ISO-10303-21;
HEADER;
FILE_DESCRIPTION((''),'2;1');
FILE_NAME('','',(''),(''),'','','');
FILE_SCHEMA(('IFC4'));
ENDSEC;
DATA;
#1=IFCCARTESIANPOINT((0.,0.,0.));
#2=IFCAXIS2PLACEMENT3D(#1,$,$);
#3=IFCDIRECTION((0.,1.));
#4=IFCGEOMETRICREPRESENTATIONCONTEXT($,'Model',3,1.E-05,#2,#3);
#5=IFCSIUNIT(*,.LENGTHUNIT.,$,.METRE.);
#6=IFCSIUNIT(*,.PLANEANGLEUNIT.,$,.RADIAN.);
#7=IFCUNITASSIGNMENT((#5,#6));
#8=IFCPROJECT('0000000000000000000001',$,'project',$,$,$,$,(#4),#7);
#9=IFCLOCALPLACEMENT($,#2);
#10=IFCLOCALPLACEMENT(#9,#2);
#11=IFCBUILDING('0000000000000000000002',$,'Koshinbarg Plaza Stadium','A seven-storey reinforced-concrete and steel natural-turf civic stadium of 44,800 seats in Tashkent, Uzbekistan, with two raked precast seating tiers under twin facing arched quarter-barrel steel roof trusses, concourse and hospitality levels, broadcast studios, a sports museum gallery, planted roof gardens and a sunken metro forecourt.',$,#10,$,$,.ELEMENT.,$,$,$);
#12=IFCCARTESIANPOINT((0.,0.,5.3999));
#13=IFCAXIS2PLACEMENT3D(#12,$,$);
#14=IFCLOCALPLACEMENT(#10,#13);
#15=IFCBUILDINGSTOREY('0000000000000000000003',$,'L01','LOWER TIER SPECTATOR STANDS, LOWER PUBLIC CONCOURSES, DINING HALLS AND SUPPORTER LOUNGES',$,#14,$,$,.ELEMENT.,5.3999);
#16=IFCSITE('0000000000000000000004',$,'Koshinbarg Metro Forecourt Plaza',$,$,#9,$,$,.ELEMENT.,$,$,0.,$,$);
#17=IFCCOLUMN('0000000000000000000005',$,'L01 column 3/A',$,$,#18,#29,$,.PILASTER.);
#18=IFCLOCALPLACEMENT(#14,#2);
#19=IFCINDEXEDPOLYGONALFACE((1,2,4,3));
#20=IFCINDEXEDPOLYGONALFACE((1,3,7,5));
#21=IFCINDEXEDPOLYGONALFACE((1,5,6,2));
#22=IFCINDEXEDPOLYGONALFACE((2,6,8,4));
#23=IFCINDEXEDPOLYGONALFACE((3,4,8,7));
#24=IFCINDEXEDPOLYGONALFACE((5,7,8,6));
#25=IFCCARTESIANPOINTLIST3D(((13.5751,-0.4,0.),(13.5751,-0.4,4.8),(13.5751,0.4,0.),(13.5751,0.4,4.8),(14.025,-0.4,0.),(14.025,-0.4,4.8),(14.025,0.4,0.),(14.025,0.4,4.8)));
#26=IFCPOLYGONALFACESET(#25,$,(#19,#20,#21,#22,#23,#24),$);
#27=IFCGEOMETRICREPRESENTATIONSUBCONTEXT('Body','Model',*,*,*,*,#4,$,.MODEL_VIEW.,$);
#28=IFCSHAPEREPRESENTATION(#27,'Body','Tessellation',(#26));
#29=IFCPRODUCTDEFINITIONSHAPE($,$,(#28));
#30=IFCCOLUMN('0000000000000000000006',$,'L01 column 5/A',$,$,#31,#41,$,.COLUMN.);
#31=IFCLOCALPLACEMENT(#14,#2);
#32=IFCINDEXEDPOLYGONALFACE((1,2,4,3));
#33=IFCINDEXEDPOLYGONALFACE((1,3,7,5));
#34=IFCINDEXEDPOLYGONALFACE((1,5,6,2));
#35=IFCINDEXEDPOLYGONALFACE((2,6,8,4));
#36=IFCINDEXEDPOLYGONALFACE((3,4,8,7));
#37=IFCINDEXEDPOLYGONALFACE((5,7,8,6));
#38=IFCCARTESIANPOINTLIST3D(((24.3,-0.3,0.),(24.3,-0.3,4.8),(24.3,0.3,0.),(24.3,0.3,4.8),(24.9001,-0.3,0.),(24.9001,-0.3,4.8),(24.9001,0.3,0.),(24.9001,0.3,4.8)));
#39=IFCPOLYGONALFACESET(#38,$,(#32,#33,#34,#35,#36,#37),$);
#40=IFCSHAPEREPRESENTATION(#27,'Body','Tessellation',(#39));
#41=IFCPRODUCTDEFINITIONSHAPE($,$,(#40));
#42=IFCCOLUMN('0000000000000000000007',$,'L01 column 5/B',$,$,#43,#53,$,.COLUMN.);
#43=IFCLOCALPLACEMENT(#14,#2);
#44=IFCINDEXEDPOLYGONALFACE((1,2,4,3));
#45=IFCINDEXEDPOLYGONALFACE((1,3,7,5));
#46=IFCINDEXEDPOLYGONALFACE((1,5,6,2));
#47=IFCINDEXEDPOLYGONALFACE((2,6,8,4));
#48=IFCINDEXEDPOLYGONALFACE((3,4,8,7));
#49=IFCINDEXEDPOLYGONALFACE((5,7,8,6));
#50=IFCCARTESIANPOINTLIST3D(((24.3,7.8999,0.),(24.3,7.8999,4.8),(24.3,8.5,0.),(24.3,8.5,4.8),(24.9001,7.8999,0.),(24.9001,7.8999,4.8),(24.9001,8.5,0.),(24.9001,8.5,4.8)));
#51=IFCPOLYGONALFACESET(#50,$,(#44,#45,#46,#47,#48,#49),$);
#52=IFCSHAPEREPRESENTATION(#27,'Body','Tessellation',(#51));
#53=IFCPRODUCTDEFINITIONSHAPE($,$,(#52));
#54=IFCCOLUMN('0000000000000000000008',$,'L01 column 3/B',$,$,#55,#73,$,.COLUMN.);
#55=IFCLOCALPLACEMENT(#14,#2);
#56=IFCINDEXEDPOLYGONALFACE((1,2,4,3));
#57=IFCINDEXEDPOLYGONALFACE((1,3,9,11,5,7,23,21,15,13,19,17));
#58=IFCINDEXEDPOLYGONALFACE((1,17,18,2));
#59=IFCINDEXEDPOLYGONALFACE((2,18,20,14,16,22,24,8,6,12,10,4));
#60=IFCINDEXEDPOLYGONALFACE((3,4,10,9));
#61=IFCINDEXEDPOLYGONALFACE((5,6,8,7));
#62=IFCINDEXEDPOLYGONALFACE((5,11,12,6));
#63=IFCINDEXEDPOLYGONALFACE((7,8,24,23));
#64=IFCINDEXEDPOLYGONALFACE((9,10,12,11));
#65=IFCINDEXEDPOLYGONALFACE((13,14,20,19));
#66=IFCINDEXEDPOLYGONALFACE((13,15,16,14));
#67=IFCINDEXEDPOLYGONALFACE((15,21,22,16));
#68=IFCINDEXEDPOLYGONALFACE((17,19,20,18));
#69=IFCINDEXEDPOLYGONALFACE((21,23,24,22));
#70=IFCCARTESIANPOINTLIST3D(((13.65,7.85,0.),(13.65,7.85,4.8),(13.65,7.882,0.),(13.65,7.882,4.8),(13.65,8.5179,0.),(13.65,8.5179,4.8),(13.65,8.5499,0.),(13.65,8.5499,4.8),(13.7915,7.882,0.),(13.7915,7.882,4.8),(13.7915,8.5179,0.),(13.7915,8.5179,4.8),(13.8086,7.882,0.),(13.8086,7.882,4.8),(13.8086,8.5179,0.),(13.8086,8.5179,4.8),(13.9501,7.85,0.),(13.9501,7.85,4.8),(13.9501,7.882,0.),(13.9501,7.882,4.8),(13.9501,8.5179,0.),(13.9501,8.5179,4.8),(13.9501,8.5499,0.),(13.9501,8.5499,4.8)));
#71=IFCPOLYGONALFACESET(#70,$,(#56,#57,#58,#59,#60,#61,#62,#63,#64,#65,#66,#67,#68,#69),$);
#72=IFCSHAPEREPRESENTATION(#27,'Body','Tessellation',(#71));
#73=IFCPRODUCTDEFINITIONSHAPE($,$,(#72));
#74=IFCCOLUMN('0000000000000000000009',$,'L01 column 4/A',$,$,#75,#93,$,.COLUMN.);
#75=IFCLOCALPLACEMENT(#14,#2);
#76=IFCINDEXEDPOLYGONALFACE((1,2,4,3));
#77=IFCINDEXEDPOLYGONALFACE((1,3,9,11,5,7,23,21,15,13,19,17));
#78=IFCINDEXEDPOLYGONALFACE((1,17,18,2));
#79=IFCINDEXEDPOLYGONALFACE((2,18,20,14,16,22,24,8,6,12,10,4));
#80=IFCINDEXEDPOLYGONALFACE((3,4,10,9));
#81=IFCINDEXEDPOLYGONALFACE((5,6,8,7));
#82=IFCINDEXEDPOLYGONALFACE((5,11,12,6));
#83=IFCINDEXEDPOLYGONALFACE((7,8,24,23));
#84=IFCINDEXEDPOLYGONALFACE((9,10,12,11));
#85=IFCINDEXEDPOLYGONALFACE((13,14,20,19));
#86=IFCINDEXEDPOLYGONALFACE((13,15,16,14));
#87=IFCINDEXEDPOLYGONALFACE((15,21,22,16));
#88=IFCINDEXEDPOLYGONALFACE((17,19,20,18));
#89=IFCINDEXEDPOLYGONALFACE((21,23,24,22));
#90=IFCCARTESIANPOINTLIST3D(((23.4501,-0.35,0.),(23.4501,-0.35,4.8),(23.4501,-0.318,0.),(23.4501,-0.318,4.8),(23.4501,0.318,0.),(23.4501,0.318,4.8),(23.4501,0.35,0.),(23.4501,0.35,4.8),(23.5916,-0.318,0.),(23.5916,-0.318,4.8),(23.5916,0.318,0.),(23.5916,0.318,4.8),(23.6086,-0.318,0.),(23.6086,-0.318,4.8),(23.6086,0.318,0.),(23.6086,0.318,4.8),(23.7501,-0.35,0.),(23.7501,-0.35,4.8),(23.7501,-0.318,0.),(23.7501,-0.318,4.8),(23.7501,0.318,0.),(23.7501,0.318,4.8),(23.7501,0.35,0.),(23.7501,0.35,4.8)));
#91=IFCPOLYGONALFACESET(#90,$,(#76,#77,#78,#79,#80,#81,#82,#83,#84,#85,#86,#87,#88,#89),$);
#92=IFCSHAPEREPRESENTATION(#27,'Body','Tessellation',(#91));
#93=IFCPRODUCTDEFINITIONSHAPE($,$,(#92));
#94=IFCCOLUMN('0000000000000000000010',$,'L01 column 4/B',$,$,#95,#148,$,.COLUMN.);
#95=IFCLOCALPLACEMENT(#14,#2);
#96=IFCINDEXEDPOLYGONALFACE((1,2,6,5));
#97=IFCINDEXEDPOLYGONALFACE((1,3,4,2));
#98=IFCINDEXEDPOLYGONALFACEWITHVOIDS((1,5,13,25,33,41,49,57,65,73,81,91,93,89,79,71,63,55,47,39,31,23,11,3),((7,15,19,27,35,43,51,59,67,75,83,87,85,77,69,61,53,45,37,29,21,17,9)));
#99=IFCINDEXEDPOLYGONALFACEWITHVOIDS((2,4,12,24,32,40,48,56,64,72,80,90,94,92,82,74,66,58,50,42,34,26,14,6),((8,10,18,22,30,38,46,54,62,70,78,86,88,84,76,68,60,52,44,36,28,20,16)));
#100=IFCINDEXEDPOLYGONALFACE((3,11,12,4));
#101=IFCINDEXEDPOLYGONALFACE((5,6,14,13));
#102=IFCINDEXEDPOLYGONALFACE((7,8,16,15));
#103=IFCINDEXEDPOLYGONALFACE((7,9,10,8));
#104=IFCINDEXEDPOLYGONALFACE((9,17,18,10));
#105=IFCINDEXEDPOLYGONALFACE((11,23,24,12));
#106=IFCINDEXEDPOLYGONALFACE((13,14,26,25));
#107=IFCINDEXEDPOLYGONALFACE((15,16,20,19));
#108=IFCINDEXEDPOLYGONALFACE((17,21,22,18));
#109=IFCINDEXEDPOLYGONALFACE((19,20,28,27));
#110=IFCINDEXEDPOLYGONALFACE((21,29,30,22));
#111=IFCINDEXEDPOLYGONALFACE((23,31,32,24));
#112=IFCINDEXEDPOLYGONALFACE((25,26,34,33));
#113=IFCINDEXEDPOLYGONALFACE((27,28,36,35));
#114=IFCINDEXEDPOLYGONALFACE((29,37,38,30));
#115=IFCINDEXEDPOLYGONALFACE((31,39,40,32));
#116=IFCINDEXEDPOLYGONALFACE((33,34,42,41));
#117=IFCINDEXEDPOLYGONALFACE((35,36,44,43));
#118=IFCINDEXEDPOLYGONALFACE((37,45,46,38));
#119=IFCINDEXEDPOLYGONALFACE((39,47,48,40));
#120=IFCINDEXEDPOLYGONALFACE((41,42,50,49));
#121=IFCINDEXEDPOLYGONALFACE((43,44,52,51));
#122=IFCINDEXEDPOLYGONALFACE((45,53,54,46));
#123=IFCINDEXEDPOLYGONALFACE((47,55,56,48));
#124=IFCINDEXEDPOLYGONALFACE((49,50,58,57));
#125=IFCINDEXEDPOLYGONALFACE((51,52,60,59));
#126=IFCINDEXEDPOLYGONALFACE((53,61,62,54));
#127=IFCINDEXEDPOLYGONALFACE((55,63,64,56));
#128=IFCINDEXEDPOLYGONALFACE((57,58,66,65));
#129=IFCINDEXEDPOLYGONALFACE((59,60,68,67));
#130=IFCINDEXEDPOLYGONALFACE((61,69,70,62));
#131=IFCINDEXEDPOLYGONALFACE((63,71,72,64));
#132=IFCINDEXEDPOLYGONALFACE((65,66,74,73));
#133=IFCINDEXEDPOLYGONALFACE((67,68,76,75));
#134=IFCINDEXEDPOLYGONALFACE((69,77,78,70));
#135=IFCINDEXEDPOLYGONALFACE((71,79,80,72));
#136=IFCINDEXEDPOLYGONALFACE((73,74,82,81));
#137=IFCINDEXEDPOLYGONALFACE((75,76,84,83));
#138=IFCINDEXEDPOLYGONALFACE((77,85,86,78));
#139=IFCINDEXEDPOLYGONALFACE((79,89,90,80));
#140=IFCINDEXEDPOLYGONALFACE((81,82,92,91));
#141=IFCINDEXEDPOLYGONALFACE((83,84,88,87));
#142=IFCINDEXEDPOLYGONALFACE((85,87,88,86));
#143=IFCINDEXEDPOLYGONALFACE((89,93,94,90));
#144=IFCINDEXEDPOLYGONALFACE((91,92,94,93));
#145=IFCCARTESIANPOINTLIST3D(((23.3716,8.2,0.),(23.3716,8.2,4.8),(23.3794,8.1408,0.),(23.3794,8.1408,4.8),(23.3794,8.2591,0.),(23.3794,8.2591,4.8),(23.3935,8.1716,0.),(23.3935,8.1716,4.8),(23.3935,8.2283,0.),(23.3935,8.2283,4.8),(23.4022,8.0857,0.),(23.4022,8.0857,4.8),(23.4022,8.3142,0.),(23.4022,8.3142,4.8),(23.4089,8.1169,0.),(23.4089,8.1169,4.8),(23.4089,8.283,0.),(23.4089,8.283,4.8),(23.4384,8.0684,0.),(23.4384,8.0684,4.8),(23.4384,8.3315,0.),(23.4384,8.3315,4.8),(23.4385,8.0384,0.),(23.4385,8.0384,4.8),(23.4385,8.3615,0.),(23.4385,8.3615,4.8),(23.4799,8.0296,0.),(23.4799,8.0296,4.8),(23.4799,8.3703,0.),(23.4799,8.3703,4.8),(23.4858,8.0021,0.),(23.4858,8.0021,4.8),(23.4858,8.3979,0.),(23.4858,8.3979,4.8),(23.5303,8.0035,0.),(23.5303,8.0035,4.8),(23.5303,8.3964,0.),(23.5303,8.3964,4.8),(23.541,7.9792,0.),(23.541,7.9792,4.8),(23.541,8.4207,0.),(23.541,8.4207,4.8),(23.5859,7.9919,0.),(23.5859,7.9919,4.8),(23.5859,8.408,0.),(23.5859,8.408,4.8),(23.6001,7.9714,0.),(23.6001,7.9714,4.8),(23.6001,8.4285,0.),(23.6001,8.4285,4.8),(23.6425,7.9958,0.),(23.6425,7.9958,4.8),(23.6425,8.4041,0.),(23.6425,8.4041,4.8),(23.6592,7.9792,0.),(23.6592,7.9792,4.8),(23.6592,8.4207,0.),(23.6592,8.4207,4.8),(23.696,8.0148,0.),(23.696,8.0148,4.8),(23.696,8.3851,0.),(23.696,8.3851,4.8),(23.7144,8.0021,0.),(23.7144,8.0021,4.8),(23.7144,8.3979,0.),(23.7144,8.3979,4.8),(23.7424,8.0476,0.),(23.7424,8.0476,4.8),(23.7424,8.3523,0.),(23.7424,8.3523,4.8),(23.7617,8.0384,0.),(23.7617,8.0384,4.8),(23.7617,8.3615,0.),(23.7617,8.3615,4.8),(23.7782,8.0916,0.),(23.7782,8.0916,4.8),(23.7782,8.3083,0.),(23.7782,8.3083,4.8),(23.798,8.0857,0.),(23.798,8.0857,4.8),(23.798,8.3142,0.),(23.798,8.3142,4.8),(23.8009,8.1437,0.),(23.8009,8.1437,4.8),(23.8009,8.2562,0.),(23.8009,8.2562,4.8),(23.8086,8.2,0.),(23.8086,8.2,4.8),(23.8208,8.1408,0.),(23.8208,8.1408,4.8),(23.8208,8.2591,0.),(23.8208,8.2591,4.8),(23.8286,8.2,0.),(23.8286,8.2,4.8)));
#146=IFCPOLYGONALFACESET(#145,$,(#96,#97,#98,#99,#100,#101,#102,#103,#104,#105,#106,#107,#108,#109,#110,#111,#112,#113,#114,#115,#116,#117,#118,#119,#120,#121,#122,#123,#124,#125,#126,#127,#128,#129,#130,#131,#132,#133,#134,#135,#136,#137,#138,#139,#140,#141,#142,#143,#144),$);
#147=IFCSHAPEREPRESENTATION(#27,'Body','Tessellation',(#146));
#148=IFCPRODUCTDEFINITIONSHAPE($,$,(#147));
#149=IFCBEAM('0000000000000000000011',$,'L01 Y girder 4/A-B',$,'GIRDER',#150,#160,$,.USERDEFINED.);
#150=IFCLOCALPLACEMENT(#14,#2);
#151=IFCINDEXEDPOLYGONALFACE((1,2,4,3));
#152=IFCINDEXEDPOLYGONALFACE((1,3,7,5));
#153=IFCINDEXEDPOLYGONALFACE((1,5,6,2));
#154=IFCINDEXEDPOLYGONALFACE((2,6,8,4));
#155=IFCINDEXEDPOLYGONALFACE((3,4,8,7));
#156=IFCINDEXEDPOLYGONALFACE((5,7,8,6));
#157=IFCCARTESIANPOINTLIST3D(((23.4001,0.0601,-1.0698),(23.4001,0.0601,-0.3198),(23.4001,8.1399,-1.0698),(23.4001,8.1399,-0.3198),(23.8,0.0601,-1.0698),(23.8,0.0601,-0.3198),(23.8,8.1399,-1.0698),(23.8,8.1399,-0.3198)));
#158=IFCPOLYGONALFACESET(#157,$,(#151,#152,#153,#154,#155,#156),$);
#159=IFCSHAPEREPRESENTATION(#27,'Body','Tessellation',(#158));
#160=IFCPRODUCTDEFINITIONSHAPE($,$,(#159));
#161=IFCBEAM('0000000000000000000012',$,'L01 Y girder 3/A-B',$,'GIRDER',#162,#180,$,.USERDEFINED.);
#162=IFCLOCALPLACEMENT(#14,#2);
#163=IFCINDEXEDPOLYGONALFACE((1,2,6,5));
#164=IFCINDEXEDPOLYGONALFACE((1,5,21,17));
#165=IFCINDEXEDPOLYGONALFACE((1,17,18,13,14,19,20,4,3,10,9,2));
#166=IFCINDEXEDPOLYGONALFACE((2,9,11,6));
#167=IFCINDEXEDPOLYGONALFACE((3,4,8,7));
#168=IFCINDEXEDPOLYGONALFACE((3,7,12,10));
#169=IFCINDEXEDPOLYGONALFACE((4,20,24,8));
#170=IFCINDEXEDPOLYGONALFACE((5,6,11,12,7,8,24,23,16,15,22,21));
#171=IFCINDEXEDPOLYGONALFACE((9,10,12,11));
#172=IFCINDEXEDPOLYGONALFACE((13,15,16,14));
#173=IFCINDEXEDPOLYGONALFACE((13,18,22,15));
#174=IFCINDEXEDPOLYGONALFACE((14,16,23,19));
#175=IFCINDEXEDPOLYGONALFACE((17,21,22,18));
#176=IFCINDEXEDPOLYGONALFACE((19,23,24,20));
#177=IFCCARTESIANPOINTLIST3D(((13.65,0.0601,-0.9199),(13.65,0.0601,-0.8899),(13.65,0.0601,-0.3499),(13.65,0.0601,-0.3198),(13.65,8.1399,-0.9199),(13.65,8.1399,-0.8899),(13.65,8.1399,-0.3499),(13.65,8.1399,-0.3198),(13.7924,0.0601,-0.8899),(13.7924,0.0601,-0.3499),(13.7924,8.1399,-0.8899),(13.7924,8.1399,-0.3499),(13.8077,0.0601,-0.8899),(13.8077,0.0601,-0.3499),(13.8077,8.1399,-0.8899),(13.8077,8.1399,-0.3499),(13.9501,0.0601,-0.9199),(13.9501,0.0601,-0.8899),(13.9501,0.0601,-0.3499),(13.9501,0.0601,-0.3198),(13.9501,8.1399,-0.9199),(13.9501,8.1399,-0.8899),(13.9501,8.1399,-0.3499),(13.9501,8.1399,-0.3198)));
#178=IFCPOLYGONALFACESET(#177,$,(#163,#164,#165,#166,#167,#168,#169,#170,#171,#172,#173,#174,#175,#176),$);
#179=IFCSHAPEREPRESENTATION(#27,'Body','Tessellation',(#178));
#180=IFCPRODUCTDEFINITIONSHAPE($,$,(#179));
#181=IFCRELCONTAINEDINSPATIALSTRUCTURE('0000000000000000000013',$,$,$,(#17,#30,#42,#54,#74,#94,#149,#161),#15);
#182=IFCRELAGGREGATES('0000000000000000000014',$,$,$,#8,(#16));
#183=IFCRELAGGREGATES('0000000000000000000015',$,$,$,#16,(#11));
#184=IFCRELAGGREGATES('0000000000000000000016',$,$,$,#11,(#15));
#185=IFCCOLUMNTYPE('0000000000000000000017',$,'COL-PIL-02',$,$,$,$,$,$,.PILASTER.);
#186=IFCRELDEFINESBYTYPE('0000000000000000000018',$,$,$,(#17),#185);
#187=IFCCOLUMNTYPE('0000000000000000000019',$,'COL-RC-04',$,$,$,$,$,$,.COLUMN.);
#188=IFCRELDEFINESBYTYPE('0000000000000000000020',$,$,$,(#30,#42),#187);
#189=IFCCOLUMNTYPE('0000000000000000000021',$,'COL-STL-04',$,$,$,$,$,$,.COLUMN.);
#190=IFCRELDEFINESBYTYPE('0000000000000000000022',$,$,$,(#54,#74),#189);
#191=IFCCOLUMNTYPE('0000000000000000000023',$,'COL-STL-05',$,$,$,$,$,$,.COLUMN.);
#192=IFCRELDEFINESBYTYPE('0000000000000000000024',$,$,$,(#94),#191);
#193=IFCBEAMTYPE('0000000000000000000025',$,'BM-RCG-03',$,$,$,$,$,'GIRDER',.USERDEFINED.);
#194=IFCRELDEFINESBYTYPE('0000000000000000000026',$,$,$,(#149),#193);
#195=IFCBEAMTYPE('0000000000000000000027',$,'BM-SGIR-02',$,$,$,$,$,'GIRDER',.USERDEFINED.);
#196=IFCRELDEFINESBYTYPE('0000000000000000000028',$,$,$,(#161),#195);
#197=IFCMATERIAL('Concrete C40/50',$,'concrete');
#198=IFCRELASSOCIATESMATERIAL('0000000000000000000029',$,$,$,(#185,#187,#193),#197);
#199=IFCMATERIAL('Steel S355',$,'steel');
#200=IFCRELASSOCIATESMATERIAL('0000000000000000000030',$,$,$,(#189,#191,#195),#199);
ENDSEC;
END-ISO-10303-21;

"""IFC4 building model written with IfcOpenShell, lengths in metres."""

from ifc_helpers import new_model, si_unit, direction, frame, origin, origin_2d, place, context, subcontext, project, spatial, rectangle, hollow_circle, i_section, extrude, material, material_profile, profile_set, type_object, element, save


model = new_model("IFC4")

# Units and contexts
model_context = context("Model", 3, precision=1e-05, world=origin(), true_north=direction((0.0, 1.0)))
body_context = subcontext(model_context, "Body", "Model", "MODEL_VIEW")
ifc_project = project(units=[si_unit("LENGTHUNIT", "METRE"), si_unit("PLANEANGLEUNIT", "RADIAN")], contexts=[model_context])

# Site, building, storey
site_placement = place(None, origin())
site = spatial("IfcSite", under=ifc_project, at=site_placement, Name="Koshinbarg Metro Forecourt Plaza", CompositionType="ELEMENT", RefElevation=0.0)
building_placement = place(site_placement, origin())
building = spatial("IfcBuilding", under=site, at=building_placement, Name="Koshinbarg Plaza Stadium", Description="A seven-storey reinforced-concrete and steel natural-turf civic stadium of 44,800 seats in Tashkent, Uzbekistan, with two raked precast seating tiers under twin facing arched quarter-barrel steel roof trusses, concourse and hospitality levels, broadcast studios, a sports museum gallery, planted roof gardens and a sunken metro forecourt.", CompositionType="ELEMENT")
storey_placement = place(building_placement, frame((0.0, 0.0, 5.3999)))
storey = spatial("IfcBuildingStorey", under=building, at=storey_placement, Name="L01", Description="LOWER TIER SPECTATOR STANDS, LOWER PUBLIC CONCOURSES, DINING HALLS AND SUPPORTER LOUNGES", CompositionType="ELEMENT", Elevation=5.3999)

# Columns
ifc_material_1 = material(Name="Concrete C40/50", Category="concrete")
ifc_material_profile_1 = material_profile(ifc_material_1, rectangle(XDim=0.45, YDim=0.8, at=origin_2d()), Name="PIL 450x800")
ifc_profile_set_1 = profile_set([ifc_material_profile_1], Name="Concrete C40/50")
column_type_1 = type_object("IfcColumnType", Name="COL-PIL-02", PredefinedType="PILASTER", material=ifc_profile_set_1)
column_1_placement = place(storey_placement, frame((13.8, 0.0, 0.0), z_axis=(0.0, 0.0, 1.0), x_axis=(1.0, 0.0, 0.0)))
element("IfcColumn", 1, at=column_1_placement, inside=storey, type_object=column_type_1, Name="L01 column 3/A", PredefinedType="PILASTER", context=body_context, shape_type="SweptSolid", body=[
    extrude(rectangle(XDim=0.45, YDim=0.8, at=origin_2d()), origin(), (0.0, 0.0, 1.0), 4.8),
])
ifc_material_profile_2 = material_profile(ifc_material_1, rectangle(XDim=0.6001, YDim=0.6001, at=origin_2d()), Name="RC 600x600")
ifc_profile_set_2 = profile_set([ifc_material_profile_2], Name="Concrete C40/50")
column_type_2 = type_object("IfcColumnType", Name="COL-RC-04", PredefinedType="COLUMN", material=ifc_profile_set_2)
for number, where, z_axis, x_axis, name in (
    (2, (24.6001, 0.0, 0.0), (0.0, 0.0, 1.0), (1.0, 0.0, 0.0), "L01 column 5/A"),
    (3, (24.6001, 8.2, 0.0), (0.0, 0.0, 1.0), (1.0, 0.0, 0.0), "L01 column 5/B"),
):
    element("IfcColumn", number, at=place(storey_placement, frame(where, z_axis=z_axis, x_axis=x_axis)), inside=storey, type_object=column_type_2, Name=name, PredefinedType="COLUMN", context=body_context, shape_type="SweptSolid", body=[
        extrude(rectangle(XDim=0.6001, YDim=0.6001, at=origin_2d()), origin(), (0.0, 0.0, 1.0), 4.8),
    ])
ifc_material_2 = material(Name="Steel S355", Category="steel")
ifc_material_profile_3 = material_profile(ifc_material_2, i_section(OverallWidth=0.3, OverallDepth=0.7, WebThickness=0.0171, FlangeThickness=0.032, at=origin_2d()), Name="HEB 700")
ifc_profile_set_3 = profile_set([ifc_material_profile_3], Name="Steel S355")
column_type_3 = type_object("IfcColumnType", Name="COL-STL-04", PredefinedType="COLUMN", material=ifc_profile_set_3)
for number, where, z_axis, x_axis, name in (
    (4, (13.8, 8.2, 0.0), (0.0, 0.0, 1.0), (1.0, 0.0, 0.0), "L01 column 3/B"),
    (5, (23.6001, 0.0, 0.0), (0.0, 0.0, 1.0), (1.0, 0.0, 0.0), "L01 column 4/A"),
):
    element("IfcColumn", number, at=place(storey_placement, frame(where, z_axis=z_axis, x_axis=x_axis)), inside=storey, type_object=column_type_3, Name=name, PredefinedType="COLUMN", context=body_context, shape_type="SweptSolid", body=[
        extrude(i_section(OverallWidth=0.3, OverallDepth=0.7, WebThickness=0.0171, FlangeThickness=0.032, at=origin_2d()), origin(), (0.0, 0.0, 1.0), 4.8),
    ])
ifc_material_profile_4 = material_profile(ifc_material_2, hollow_circle(Radius=0.2285, WallThickness=0.02, at=origin_2d()), Name="CHS 457x20")
ifc_profile_set_4 = profile_set([ifc_material_profile_4], Name="Steel S355")
column_type_4 = type_object("IfcColumnType", Name="COL-STL-05", PredefinedType="COLUMN", material=ifc_profile_set_4)
column_2_placement = place(storey_placement, frame((23.6001, 8.2, 0.0), z_axis=(0.0, 0.0, 1.0), x_axis=(1.0, 0.0, 0.0)))
element("IfcColumn", 6, at=column_2_placement, inside=storey, type_object=column_type_4, Name="L01 column 4/B", PredefinedType="COLUMN", context=body_context, shape_type="SweptSolid", body=[
    extrude(hollow_circle(Radius=0.2285, WallThickness=0.02, at=origin_2d()), origin(), (0.0, 0.0, 1.0), 4.8),
])

# Beams
ifc_material_profile_5 = material_profile(ifc_material_1, rectangle(XDim=0.3999, YDim=0.75, at=origin_2d()), Name="RC 400x750")
ifc_profile_set_5 = profile_set([ifc_material_profile_5], Name="Concrete C40/50")
beam_type_1 = type_object("IfcBeamType", Name="BM-RCG-03", ElementType="GIRDER", PredefinedType="USERDEFINED", material=ifc_profile_set_5)
beam_placement = place(storey_placement, frame((23.6001, 0.0601, -0.6948), z_axis=(0.0, 1.0, 0.0), x_axis=(-1.0, 0.0, 0.0)))
element("IfcBeam", 7, at=beam_placement, inside=storey, type_object=beam_type_1, Name="L01 Y girder 4/A-B", ObjectType="GIRDER", PredefinedType="USERDEFINED", context=body_context, shape_type="SweptSolid", body=[
    extrude(rectangle(XDim=0.3999, YDim=0.75, at=origin_2d()), origin(), (0.0, 0.0, 1.0), 8.0798),
])
ifc_material_profile_6 = material_profile(ifc_material_2, i_section(OverallWidth=0.3, OverallDepth=0.6001, WebThickness=0.0154, FlangeThickness=0.03, at=origin_2d()), Name="HEB 600")
ifc_profile_set_6 = profile_set([ifc_material_profile_6], Name="Steel S355")
beam_type_2 = type_object("IfcBeamType", Name="BM-SGIR-02", ElementType="GIRDER", PredefinedType="USERDEFINED", material=ifc_profile_set_6)
for number, where, z_axis, x_axis, name in (
    (8, (13.8, 0.0601, -0.6199), (0.0, 1.0, 0.0), (-1.0, 0.0, 0.0), "L01 Y girder 3/A-B"),
):
    element("IfcBeam", number, at=place(storey_placement, frame(where, z_axis=z_axis, x_axis=x_axis)), inside=storey, type_object=beam_type_2, Name=name, ObjectType="GIRDER", PredefinedType="USERDEFINED", context=body_context, shape_type="SweptSolid", body=[
        extrude(i_section(OverallWidth=0.3, OverallDepth=0.6001, WebThickness=0.0154, FlangeThickness=0.03, at=origin_2d()), origin(), (0.0, 0.0, 1.0), 8.0798),
    ])

save(model, "model.ifc")
